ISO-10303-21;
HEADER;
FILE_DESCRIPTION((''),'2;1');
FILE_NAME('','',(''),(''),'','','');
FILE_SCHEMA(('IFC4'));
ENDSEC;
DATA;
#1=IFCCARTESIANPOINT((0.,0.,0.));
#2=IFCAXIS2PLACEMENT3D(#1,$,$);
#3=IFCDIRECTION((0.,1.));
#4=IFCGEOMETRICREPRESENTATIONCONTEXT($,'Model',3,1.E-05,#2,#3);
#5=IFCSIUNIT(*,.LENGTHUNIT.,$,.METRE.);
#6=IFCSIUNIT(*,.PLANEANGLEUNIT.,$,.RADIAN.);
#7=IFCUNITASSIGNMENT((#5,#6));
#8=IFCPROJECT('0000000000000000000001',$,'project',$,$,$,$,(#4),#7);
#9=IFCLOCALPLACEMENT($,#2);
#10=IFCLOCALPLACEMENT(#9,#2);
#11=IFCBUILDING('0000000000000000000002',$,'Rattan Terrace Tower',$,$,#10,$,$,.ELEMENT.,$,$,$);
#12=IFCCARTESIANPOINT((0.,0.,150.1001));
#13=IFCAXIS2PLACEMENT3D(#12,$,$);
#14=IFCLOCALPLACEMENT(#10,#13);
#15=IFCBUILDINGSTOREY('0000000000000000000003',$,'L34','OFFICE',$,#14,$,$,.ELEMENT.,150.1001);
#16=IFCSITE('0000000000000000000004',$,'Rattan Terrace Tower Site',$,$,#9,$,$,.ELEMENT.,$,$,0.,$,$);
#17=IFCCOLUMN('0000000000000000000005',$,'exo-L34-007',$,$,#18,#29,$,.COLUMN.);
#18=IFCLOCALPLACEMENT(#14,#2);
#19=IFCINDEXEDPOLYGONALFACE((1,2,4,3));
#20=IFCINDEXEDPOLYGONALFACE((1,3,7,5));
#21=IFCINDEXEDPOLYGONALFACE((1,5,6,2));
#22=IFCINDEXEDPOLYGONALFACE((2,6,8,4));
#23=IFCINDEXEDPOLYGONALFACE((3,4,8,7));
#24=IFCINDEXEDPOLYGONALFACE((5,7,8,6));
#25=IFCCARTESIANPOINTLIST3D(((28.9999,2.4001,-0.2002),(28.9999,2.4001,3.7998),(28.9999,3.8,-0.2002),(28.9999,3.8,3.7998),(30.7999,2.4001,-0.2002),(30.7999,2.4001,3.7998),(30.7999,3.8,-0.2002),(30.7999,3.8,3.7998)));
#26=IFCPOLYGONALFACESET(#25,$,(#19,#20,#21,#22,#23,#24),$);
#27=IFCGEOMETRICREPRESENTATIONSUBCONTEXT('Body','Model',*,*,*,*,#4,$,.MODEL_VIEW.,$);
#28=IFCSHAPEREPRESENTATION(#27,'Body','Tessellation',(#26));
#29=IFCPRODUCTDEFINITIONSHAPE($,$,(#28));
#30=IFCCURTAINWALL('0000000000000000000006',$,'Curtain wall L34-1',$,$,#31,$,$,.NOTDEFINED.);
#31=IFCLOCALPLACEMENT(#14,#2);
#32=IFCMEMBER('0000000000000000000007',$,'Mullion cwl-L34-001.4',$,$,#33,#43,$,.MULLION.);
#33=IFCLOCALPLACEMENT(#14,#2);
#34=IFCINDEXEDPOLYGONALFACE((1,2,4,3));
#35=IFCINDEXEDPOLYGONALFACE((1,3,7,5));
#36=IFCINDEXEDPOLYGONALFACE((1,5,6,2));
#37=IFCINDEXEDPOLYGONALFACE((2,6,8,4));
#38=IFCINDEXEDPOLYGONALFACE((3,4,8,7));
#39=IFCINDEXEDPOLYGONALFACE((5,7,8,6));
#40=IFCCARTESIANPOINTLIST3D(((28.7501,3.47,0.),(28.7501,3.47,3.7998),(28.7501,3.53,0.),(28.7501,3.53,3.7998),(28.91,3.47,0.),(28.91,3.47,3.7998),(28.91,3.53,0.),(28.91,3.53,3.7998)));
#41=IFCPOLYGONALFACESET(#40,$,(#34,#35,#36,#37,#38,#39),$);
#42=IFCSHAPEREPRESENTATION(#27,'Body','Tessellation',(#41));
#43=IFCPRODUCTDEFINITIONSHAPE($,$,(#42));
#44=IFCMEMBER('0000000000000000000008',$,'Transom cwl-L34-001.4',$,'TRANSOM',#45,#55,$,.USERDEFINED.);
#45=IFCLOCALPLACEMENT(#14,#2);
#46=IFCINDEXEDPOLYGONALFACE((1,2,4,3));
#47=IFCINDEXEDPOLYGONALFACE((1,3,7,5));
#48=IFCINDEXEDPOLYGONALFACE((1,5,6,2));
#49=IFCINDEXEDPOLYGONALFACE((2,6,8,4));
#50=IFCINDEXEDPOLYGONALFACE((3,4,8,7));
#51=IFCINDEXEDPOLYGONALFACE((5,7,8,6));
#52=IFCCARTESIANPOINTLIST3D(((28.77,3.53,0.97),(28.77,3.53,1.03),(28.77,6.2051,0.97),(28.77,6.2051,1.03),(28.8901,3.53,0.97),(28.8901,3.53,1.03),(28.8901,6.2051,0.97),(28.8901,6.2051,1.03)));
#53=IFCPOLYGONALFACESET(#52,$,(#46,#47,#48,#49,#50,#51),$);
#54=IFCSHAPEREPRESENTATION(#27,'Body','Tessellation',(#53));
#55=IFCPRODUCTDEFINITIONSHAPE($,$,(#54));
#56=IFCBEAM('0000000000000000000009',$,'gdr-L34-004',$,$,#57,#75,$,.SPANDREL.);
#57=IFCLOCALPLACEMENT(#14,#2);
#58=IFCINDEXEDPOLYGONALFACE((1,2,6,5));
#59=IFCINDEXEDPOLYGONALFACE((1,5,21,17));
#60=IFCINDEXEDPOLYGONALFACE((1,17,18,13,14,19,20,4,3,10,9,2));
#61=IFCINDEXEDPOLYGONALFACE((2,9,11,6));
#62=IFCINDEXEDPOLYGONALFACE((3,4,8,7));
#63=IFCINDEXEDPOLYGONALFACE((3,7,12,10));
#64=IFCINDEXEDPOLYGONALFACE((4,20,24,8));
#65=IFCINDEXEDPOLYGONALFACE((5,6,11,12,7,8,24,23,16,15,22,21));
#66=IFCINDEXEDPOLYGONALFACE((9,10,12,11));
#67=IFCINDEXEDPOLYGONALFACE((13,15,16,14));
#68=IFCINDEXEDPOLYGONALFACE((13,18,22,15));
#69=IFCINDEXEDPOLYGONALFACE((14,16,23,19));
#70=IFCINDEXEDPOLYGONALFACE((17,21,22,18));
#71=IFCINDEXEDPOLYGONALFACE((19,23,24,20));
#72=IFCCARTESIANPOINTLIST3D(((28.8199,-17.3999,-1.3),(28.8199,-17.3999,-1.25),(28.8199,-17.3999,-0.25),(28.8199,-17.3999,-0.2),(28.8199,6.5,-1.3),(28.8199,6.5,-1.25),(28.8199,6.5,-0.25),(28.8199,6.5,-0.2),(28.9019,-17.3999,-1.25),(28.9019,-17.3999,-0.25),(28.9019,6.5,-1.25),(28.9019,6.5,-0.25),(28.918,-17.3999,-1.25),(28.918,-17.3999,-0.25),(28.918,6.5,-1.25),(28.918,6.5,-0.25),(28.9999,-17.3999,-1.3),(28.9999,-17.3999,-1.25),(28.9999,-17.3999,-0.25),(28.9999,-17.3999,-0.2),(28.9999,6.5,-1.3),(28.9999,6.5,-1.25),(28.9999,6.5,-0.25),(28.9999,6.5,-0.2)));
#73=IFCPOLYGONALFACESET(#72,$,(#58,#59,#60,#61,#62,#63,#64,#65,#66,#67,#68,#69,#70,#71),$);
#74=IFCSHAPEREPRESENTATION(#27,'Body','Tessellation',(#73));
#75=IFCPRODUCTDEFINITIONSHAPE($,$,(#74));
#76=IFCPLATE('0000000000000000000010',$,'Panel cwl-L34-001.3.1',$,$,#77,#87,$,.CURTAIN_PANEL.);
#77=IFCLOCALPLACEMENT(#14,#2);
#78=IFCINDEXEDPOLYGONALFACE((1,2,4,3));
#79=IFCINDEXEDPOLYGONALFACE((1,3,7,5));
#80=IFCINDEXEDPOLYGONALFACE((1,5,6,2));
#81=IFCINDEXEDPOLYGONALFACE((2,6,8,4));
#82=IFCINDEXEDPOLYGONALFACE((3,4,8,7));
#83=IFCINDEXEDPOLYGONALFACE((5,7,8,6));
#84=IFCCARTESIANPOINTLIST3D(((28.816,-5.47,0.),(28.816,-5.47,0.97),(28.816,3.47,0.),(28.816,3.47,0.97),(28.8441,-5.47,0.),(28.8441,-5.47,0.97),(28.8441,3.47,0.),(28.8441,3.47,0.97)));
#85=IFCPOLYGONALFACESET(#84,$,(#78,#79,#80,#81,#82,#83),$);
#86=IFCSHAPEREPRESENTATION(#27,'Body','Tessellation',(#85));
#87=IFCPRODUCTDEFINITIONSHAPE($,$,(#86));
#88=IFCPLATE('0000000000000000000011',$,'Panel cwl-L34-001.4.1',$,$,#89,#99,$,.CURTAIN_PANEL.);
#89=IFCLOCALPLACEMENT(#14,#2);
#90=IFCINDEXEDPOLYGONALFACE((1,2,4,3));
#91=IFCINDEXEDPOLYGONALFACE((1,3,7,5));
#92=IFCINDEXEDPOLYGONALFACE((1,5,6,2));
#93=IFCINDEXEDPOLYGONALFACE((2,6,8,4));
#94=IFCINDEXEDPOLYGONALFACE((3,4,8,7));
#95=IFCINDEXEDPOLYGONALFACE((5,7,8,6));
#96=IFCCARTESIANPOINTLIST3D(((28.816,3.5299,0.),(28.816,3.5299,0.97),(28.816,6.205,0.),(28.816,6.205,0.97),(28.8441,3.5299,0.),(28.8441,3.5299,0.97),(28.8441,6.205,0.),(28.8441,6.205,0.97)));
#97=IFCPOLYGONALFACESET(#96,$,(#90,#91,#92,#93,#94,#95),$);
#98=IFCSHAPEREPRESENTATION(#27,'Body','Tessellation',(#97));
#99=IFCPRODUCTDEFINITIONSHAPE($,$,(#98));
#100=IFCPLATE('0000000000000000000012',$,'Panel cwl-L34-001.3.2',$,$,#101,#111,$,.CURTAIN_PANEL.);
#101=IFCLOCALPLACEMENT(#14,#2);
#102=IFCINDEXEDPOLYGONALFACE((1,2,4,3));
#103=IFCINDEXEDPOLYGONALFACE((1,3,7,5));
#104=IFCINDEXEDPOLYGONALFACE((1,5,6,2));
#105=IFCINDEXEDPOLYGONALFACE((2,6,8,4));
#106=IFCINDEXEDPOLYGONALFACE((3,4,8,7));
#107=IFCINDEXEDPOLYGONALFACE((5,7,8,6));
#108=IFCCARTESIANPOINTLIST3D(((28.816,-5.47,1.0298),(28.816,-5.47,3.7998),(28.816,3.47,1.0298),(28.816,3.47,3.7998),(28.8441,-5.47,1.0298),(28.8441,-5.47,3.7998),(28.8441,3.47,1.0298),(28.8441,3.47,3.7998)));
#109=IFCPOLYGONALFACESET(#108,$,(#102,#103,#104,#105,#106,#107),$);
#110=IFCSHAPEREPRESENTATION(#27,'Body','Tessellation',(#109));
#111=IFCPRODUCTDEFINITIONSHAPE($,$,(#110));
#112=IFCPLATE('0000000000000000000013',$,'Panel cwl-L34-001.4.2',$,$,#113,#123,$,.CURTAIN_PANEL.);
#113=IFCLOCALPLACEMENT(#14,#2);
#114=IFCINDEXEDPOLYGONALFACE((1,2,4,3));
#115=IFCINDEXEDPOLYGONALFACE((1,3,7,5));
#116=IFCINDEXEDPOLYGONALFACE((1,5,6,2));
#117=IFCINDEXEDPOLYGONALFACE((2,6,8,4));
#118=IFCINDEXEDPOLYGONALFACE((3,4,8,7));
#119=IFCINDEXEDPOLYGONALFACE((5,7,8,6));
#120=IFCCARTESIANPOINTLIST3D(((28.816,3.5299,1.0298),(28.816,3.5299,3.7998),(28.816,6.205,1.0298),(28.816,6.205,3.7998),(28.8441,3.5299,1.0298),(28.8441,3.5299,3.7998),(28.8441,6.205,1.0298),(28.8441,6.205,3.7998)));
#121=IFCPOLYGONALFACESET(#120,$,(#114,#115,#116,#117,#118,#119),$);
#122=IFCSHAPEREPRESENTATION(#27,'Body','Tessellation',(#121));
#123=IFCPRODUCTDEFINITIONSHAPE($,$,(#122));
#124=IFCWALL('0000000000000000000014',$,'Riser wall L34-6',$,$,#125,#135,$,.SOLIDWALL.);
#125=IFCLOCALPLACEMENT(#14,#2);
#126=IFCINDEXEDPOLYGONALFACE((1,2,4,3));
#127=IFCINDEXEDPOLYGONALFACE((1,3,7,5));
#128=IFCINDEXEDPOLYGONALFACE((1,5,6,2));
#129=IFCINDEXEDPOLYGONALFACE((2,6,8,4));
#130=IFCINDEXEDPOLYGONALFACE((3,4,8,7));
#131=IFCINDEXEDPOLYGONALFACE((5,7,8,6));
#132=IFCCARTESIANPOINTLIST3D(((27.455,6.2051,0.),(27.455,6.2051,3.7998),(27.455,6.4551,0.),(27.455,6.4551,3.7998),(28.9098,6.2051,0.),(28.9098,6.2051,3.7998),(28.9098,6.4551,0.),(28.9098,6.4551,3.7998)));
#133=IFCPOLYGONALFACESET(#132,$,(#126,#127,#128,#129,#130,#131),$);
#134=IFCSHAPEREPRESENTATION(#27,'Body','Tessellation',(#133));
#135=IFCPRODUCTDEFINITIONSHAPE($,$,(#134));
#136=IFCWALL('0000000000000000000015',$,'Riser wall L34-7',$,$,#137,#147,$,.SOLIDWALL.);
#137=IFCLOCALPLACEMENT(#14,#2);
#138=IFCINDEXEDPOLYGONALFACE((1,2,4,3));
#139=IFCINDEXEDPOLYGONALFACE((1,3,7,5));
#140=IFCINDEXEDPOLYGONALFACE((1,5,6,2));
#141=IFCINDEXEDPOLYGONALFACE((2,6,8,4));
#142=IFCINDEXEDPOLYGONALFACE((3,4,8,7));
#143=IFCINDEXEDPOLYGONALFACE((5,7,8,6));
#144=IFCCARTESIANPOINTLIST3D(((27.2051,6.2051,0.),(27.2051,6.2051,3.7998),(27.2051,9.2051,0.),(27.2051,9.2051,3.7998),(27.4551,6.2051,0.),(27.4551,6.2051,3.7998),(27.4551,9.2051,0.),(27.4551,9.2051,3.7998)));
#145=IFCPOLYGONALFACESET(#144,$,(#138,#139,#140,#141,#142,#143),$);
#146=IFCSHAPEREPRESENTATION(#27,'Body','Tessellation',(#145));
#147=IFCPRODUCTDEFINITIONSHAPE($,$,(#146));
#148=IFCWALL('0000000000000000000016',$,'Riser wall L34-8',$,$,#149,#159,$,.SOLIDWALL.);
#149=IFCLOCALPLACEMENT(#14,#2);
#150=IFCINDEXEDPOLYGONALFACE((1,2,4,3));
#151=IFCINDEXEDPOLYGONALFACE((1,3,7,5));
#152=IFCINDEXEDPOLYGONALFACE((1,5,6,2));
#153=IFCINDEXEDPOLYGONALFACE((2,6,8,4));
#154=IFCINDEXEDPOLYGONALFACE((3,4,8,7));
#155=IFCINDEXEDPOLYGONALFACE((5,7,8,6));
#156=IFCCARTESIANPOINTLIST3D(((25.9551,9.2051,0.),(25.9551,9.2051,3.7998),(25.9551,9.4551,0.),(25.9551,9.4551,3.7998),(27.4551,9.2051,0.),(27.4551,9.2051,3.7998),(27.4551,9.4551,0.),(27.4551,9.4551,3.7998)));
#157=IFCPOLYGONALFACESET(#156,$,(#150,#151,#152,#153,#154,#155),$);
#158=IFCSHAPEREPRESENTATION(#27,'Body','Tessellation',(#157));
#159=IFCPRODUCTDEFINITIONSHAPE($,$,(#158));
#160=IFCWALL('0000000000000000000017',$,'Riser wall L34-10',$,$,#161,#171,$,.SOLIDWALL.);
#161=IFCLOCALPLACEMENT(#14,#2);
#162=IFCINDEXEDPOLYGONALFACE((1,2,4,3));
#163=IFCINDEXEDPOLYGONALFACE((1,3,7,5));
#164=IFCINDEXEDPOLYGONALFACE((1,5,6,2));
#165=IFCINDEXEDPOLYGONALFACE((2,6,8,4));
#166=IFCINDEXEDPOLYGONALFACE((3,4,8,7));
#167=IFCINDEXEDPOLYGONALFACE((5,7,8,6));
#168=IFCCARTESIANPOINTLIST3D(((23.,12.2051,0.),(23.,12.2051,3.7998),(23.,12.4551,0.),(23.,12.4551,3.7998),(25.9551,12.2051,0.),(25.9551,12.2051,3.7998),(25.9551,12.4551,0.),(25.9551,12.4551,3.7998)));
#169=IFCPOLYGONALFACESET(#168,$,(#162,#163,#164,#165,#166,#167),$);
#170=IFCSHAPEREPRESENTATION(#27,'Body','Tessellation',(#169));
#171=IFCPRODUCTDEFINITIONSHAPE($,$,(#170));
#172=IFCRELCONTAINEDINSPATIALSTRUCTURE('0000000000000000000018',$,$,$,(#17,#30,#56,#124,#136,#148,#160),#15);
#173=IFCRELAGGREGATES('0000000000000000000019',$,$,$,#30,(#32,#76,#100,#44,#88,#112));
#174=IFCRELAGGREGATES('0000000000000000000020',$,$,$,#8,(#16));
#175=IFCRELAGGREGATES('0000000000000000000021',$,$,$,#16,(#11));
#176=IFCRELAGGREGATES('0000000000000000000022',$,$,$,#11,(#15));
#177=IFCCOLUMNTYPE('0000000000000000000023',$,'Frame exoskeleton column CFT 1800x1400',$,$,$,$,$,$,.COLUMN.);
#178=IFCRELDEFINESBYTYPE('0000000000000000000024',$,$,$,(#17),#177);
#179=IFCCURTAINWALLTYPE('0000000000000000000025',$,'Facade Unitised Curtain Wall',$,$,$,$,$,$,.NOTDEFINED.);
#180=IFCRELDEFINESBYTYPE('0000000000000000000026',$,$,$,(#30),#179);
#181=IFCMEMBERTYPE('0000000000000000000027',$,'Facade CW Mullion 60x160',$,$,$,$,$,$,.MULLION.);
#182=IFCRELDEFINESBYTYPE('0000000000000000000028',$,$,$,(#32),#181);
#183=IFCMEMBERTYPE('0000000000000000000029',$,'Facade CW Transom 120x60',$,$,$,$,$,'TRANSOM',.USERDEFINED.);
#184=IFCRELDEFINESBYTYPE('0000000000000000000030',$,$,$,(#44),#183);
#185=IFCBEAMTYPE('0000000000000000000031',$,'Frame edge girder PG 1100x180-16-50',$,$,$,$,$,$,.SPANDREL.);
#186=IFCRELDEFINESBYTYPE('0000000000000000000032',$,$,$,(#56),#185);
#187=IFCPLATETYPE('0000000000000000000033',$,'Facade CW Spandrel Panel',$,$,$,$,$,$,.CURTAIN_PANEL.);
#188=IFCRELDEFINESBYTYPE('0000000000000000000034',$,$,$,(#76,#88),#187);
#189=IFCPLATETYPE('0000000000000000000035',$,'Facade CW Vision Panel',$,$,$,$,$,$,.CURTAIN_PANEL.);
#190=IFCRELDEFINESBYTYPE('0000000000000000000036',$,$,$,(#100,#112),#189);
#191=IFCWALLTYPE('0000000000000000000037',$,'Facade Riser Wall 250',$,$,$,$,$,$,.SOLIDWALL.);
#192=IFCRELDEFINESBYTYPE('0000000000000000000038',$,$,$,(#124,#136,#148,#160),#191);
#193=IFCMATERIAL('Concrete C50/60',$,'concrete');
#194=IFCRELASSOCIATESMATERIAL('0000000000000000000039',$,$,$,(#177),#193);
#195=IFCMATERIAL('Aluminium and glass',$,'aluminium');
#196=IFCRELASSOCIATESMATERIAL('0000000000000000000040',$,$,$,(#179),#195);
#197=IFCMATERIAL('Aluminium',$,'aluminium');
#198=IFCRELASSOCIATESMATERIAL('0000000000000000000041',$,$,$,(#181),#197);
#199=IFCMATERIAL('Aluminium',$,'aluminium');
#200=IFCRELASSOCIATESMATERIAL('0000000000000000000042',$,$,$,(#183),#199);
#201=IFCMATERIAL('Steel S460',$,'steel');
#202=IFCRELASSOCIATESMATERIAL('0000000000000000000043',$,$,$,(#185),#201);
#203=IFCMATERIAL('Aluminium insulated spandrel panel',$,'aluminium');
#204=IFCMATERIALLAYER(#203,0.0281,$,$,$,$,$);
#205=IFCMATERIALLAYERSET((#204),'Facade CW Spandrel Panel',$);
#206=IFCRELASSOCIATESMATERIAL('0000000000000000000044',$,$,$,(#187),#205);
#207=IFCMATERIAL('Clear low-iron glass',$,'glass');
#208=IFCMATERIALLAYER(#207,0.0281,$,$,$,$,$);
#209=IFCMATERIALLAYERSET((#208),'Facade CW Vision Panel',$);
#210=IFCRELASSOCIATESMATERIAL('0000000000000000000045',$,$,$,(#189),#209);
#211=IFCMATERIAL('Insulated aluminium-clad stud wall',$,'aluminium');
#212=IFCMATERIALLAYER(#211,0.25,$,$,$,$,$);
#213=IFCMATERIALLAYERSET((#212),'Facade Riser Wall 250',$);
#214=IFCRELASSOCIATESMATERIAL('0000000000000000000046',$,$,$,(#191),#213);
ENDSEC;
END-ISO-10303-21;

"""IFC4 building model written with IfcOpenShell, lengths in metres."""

from ifc_helpers import new_model, si_unit, direction, frame, frame_2d, origin, origin_2d, place, context, subcontext, project, spatial, rectangle, i_section, extrude, material, layer, layer_set, material_profile, profile_set, type_object, element, aggregate, save


model = new_model("IFC4")

# Units and contexts
model_context = context("Model", 3, precision=1e-05, world=origin(), true_north=direction((0.0, 1.0)))
body_context = subcontext(model_context, "Body", "Model", "MODEL_VIEW")
ifc_project = project(units=[si_unit("LENGTHUNIT", "METRE"), si_unit("PLANEANGLEUNIT", "RADIAN")], contexts=[model_context])

# Site, building, storey
site_placement = place(None, origin())
site = spatial("IfcSite", under=ifc_project, at=site_placement, Name="Rattan Terrace Tower Site", CompositionType="ELEMENT", RefElevation=0.0)
building_placement = place(site_placement, origin())
building = spatial("IfcBuilding", under=site, at=building_placement, Name="Rattan Terrace Tower", CompositionType="ELEMENT")
storey_placement = place(building_placement, frame((0.0, 0.0, 150.1001)))
storey = spatial("IfcBuildingStorey", under=building, at=storey_placement, Name="L34", Description="OFFICE", CompositionType="ELEMENT", Elevation=150.1001)

# Column
ifc_material_1 = material(Name="Concrete C50/60", Category="concrete")
ifc_material_profile_1 = material_profile(ifc_material_1, rectangle(XDim=1.3999, YDim=1.8, at=origin_2d()), Name="CFT 1800x1400")
ifc_profile_set_1 = profile_set([ifc_material_profile_1], Name="Concrete C50/60")
column_type = type_object("IfcColumnType", Name="Frame exoskeleton column CFT 1800x1400", PredefinedType="COLUMN", material=ifc_profile_set_1)
column_placement = place(storey_placement, frame((29.8999, 3.1001, -0.2002), z_axis=(0.0, 0.0, 1.0), x_axis=(0.0, 1.0, 0.0)))
element("IfcColumn", 1, at=column_placement, inside=storey, type_object=column_type, Name="exo-L34-007", PredefinedType="COLUMN", context=body_context, shape_type="SweptSolid", body=[
    extrude(rectangle(XDim=1.3999, YDim=1.8, at=origin_2d()), origin(), (0.0, 0.0, 1.0), 4.0),
])

# Curtain wall, members
ifc_material_2 = material(Name="Aluminium and glass", Category="aluminium")
curtain_wall_type = type_object("IfcCurtainWallType", Name="Facade Unitised Curtain Wall", PredefinedType="NOTDEFINED", material=ifc_material_2)
curtain_wall_placement = place(storey_placement, origin())
curtain_wall = element("IfcCurtainWall", 2, at=curtain_wall_placement, inside=storey, type_object=curtain_wall_type, Name="Curtain wall L34-1", PredefinedType="NOTDEFINED")
ifc_material_3 = material(Name="Aluminium", Category="aluminium")
ifc_material_profile_2 = material_profile(ifc_material_3, rectangle(XDim=0.0601, YDim=0.1599, at=origin_2d()), Name="Aluminium 60x160")
ifc_profile_set_2 = profile_set([ifc_material_profile_2], Name="Aluminium")
member_type_1 = type_object("IfcMemberType", Name="Facade CW Mullion 60x160", PredefinedType="MULLION", material=ifc_profile_set_2)
member_1_placement = place(storey_placement, frame((28.8301, 3.5, 0.0), z_axis=(0.0, 0.0, 1.0), x_axis=(0.0, 1.0, 0.0)))
member_1 = element("IfcMember", 3, at=member_1_placement, type_object=member_type_1, Name="Mullion cwl-L34-001.4", PredefinedType="MULLION", context=body_context, shape_type="SweptSolid", body=[
    extrude(rectangle(XDim=0.0601, YDim=0.1599, at=origin_2d()), origin(), (0.0, 0.0, 1.0), 3.7998),
])
ifc_material_4 = material(Name="Aluminium", Category="aluminium")
ifc_material_profile_3 = material_profile(ifc_material_4, rectangle(XDim=0.1201, YDim=0.0601, at=origin_2d()), Name="Aluminium 120x60")
ifc_profile_set_3 = profile_set([ifc_material_profile_3], Name="Aluminium")
member_type_2 = type_object("IfcMemberType", Name="Facade CW Transom 120x60", ElementType="TRANSOM", PredefinedType="USERDEFINED", material=ifc_profile_set_3)
member_2_placement = place(storey_placement, frame((28.8301, 3.53, 1.0), z_axis=(0.0, 1.0, 0.0), x_axis=(-1.0, 0.0, 0.0)))
member_2 = element("IfcMember", 4, at=member_2_placement, type_object=member_type_2, Name="Transom cwl-L34-001.4", ObjectType="TRANSOM", PredefinedType="USERDEFINED", context=body_context, shape_type="SweptSolid", body=[
    extrude(rectangle(XDim=0.1201, YDim=0.0601, at=origin_2d()), origin(), (0.0, 0.0, 1.0), 2.675),
])

# Beam
ifc_material_5 = material(Name="Steel S460", Category="steel")
ifc_material_profile_4 = material_profile(ifc_material_5, i_section(OverallWidth=0.1799, OverallDepth=1.1001, WebThickness=0.0161, FlangeThickness=0.05, at=origin_2d()), Name="PG 1100x180-16-50")
ifc_profile_set_4 = profile_set([ifc_material_profile_4], Name="Steel S460")
beam_type = type_object("IfcBeamType", Name="Frame edge girder PG 1100x180-16-50", PredefinedType="SPANDREL", material=ifc_profile_set_4)
beam_placement = place(storey_placement, frame((28.9099, 6.5, -0.75), z_axis=(0.0, -1.0, 0.0), x_axis=(1.0, 0.0, 0.0)))
element("IfcBeam", 5, at=beam_placement, inside=storey, type_object=beam_type, Name="gdr-L34-004", PredefinedType="SPANDREL", context=body_context, shape_type="SweptSolid", body=[
    extrude(i_section(OverallWidth=0.1799, OverallDepth=1.1001, WebThickness=0.0161, FlangeThickness=0.05, at=origin_2d()), origin(), (0.0, 0.0, 1.0), 23.8999),
])

# Plates
ifc_material_6 = material(Name="Aluminium insulated spandrel panel", Category="aluminium")
ifc_layer_1 = layer(ifc_material_6, 0.0281)
ifc_layer_set_1 = layer_set([ifc_layer_1], Name="Facade CW Spandrel Panel")
plate_type_1 = type_object("IfcPlateType", Name="Facade CW Spandrel Panel", PredefinedType="CURTAIN_PANEL", material=ifc_layer_set_1)
plate_1_placement = place(storey_placement, frame((28.8301, -1.0, 0.0), z_axis=(0.0, 0.0, 1.0), x_axis=(0.0, 1.0, 0.0)))
plate_1 = element("IfcPlate", 6, at=plate_1_placement, type_object=plate_type_1, Name="Panel cwl-L34-001.3.1", PredefinedType="CURTAIN_PANEL", context=body_context, shape_type="SweptSolid", body=[
    extrude(rectangle(XDim=8.9399, YDim=0.0281, at=origin_2d()), origin(), (0.0, 0.0, 1.0), 0.97),
])
plate_2_placement = place(storey_placement, frame((28.8301, 4.8674, 0.0), z_axis=(0.0, 0.0, 1.0), x_axis=(0.0, 1.0, 0.0)))
plate_2 = element("IfcPlate", 7, at=plate_2_placement, type_object=plate_type_1, Name="Panel cwl-L34-001.4.1", PredefinedType="CURTAIN_PANEL", context=body_context, shape_type="SweptSolid", body=[
    extrude(rectangle(XDim=2.675, YDim=0.0281, at=origin_2d()), origin(), (0.0, 0.0, 1.0), 0.97),
])
ifc_material_7 = material(Name="Clear low-iron glass", Category="glass")
ifc_layer_2 = layer(ifc_material_7, 0.0281)
ifc_layer_set_2 = layer_set([ifc_layer_2], Name="Facade CW Vision Panel")
plate_type_2 = type_object("IfcPlateType", Name="Facade CW Vision Panel", PredefinedType="CURTAIN_PANEL", material=ifc_layer_set_2)
plate_3_placement = place(storey_placement, frame((28.8301, -1.0, 1.0298), z_axis=(0.0, 0.0, 1.0), x_axis=(0.0, 1.0, 0.0)))
plate_3 = element("IfcPlate", 8, at=plate_3_placement, type_object=plate_type_2, Name="Panel cwl-L34-001.3.2", PredefinedType="CURTAIN_PANEL", context=body_context, shape_type="SweptSolid", body=[
    extrude(rectangle(XDim=8.9399, YDim=0.0281, at=origin_2d()), origin(), (0.0, 0.0, 1.0), 2.77),
])
plate_4_placement = place(storey_placement, frame((28.8301, 4.8674, 1.0298), z_axis=(0.0, 0.0, 1.0), x_axis=(0.0, 1.0, 0.0)))
plate_4 = element("IfcPlate", 9, at=plate_4_placement, type_object=plate_type_2, Name="Panel cwl-L34-001.4.2", PredefinedType="CURTAIN_PANEL", context=body_context, shape_type="SweptSolid", body=[
    extrude(rectangle(XDim=2.675, YDim=0.0281, at=origin_2d()), origin(), (0.0, 0.0, 1.0), 2.77),
])
aggregate(curtain_wall, [member_1, plate_1, plate_3, member_2, plate_2, plate_4])

# Walls
ifc_material_8 = material(Name="Insulated aluminium-clad stud wall", Category="aluminium")
ifc_layer_3 = layer(ifc_material_8, 0.25)
ifc_layer_set_3 = layer_set([ifc_layer_3], Name="Facade Riser Wall 250")
wall_type_1 = type_object("IfcWallType", Name="Facade Riser Wall 250", PredefinedType="SOLIDWALL", material=ifc_layer_set_3)
wall_1_placement = place(storey_placement, frame((28.9099, 6.3301, 0.0), z_axis=(0.0, 0.0, 1.0), x_axis=(-1.0, 0.0, 0.0)))
element("IfcWall", 10, at=wall_1_placement, inside=storey, type_object=wall_type_1, Name="Riser wall L34-6", PredefinedType="SOLIDWALL", context=body_context, shape_type="SweptSolid", body=[
    extrude(rectangle(XDim=1.4548, YDim=0.25, at=frame_2d((0.7275, 0.0))), origin(), (0.0, 0.0, 1.0), 3.7998),
])
wall_2_placement = place(storey_placement, frame((27.3301, 6.2051, 0.0), z_axis=(0.0, 0.0, 1.0), x_axis=(0.0, 1.0, 0.0)))
element("IfcWall", 11, at=wall_2_placement, inside=storey, type_object=wall_type_1, Name="Riser wall L34-7", PredefinedType="SOLIDWALL", context=body_context, shape_type="SweptSolid", body=[
    extrude(rectangle(XDim=3.0, YDim=0.25, at=frame_2d((1.5, 0.0))), origin(), (0.0, 0.0, 1.0), 3.7998),
])
wall_3_placement = place(storey_placement, frame((27.4551, 9.3301, 0.0), z_axis=(0.0, 0.0, 1.0), x_axis=(-1.0, 0.0, 0.0)))
element("IfcWall", 12, at=wall_3_placement, inside=storey, type_object=wall_type_1, Name="Riser wall L34-8", PredefinedType="SOLIDWALL", context=body_context, shape_type="SweptSolid", body=[
    extrude(rectangle(XDim=1.5, YDim=0.25, at=frame_2d((0.75, 0.0))), origin(), (0.0, 0.0, 1.0), 3.7998),
])
wall_4_placement = place(storey_placement, frame((25.9551, 12.3301, 0.0), z_axis=(0.0, 0.0, 1.0), x_axis=(-1.0, 0.0, 0.0)))
element("IfcWall", 13, at=wall_4_placement, inside=storey, type_object=wall_type_1, Name="Riser wall L34-10", PredefinedType="SOLIDWALL", context=body_context, shape_type="SweptSolid", body=[
    extrude(rectangle(XDim=2.9551, YDim=0.25, at=frame_2d((1.4775, 0.0))), origin(), (0.0, 0.0, 1.0), 3.7998),
])

save(model, "model.ifc")
